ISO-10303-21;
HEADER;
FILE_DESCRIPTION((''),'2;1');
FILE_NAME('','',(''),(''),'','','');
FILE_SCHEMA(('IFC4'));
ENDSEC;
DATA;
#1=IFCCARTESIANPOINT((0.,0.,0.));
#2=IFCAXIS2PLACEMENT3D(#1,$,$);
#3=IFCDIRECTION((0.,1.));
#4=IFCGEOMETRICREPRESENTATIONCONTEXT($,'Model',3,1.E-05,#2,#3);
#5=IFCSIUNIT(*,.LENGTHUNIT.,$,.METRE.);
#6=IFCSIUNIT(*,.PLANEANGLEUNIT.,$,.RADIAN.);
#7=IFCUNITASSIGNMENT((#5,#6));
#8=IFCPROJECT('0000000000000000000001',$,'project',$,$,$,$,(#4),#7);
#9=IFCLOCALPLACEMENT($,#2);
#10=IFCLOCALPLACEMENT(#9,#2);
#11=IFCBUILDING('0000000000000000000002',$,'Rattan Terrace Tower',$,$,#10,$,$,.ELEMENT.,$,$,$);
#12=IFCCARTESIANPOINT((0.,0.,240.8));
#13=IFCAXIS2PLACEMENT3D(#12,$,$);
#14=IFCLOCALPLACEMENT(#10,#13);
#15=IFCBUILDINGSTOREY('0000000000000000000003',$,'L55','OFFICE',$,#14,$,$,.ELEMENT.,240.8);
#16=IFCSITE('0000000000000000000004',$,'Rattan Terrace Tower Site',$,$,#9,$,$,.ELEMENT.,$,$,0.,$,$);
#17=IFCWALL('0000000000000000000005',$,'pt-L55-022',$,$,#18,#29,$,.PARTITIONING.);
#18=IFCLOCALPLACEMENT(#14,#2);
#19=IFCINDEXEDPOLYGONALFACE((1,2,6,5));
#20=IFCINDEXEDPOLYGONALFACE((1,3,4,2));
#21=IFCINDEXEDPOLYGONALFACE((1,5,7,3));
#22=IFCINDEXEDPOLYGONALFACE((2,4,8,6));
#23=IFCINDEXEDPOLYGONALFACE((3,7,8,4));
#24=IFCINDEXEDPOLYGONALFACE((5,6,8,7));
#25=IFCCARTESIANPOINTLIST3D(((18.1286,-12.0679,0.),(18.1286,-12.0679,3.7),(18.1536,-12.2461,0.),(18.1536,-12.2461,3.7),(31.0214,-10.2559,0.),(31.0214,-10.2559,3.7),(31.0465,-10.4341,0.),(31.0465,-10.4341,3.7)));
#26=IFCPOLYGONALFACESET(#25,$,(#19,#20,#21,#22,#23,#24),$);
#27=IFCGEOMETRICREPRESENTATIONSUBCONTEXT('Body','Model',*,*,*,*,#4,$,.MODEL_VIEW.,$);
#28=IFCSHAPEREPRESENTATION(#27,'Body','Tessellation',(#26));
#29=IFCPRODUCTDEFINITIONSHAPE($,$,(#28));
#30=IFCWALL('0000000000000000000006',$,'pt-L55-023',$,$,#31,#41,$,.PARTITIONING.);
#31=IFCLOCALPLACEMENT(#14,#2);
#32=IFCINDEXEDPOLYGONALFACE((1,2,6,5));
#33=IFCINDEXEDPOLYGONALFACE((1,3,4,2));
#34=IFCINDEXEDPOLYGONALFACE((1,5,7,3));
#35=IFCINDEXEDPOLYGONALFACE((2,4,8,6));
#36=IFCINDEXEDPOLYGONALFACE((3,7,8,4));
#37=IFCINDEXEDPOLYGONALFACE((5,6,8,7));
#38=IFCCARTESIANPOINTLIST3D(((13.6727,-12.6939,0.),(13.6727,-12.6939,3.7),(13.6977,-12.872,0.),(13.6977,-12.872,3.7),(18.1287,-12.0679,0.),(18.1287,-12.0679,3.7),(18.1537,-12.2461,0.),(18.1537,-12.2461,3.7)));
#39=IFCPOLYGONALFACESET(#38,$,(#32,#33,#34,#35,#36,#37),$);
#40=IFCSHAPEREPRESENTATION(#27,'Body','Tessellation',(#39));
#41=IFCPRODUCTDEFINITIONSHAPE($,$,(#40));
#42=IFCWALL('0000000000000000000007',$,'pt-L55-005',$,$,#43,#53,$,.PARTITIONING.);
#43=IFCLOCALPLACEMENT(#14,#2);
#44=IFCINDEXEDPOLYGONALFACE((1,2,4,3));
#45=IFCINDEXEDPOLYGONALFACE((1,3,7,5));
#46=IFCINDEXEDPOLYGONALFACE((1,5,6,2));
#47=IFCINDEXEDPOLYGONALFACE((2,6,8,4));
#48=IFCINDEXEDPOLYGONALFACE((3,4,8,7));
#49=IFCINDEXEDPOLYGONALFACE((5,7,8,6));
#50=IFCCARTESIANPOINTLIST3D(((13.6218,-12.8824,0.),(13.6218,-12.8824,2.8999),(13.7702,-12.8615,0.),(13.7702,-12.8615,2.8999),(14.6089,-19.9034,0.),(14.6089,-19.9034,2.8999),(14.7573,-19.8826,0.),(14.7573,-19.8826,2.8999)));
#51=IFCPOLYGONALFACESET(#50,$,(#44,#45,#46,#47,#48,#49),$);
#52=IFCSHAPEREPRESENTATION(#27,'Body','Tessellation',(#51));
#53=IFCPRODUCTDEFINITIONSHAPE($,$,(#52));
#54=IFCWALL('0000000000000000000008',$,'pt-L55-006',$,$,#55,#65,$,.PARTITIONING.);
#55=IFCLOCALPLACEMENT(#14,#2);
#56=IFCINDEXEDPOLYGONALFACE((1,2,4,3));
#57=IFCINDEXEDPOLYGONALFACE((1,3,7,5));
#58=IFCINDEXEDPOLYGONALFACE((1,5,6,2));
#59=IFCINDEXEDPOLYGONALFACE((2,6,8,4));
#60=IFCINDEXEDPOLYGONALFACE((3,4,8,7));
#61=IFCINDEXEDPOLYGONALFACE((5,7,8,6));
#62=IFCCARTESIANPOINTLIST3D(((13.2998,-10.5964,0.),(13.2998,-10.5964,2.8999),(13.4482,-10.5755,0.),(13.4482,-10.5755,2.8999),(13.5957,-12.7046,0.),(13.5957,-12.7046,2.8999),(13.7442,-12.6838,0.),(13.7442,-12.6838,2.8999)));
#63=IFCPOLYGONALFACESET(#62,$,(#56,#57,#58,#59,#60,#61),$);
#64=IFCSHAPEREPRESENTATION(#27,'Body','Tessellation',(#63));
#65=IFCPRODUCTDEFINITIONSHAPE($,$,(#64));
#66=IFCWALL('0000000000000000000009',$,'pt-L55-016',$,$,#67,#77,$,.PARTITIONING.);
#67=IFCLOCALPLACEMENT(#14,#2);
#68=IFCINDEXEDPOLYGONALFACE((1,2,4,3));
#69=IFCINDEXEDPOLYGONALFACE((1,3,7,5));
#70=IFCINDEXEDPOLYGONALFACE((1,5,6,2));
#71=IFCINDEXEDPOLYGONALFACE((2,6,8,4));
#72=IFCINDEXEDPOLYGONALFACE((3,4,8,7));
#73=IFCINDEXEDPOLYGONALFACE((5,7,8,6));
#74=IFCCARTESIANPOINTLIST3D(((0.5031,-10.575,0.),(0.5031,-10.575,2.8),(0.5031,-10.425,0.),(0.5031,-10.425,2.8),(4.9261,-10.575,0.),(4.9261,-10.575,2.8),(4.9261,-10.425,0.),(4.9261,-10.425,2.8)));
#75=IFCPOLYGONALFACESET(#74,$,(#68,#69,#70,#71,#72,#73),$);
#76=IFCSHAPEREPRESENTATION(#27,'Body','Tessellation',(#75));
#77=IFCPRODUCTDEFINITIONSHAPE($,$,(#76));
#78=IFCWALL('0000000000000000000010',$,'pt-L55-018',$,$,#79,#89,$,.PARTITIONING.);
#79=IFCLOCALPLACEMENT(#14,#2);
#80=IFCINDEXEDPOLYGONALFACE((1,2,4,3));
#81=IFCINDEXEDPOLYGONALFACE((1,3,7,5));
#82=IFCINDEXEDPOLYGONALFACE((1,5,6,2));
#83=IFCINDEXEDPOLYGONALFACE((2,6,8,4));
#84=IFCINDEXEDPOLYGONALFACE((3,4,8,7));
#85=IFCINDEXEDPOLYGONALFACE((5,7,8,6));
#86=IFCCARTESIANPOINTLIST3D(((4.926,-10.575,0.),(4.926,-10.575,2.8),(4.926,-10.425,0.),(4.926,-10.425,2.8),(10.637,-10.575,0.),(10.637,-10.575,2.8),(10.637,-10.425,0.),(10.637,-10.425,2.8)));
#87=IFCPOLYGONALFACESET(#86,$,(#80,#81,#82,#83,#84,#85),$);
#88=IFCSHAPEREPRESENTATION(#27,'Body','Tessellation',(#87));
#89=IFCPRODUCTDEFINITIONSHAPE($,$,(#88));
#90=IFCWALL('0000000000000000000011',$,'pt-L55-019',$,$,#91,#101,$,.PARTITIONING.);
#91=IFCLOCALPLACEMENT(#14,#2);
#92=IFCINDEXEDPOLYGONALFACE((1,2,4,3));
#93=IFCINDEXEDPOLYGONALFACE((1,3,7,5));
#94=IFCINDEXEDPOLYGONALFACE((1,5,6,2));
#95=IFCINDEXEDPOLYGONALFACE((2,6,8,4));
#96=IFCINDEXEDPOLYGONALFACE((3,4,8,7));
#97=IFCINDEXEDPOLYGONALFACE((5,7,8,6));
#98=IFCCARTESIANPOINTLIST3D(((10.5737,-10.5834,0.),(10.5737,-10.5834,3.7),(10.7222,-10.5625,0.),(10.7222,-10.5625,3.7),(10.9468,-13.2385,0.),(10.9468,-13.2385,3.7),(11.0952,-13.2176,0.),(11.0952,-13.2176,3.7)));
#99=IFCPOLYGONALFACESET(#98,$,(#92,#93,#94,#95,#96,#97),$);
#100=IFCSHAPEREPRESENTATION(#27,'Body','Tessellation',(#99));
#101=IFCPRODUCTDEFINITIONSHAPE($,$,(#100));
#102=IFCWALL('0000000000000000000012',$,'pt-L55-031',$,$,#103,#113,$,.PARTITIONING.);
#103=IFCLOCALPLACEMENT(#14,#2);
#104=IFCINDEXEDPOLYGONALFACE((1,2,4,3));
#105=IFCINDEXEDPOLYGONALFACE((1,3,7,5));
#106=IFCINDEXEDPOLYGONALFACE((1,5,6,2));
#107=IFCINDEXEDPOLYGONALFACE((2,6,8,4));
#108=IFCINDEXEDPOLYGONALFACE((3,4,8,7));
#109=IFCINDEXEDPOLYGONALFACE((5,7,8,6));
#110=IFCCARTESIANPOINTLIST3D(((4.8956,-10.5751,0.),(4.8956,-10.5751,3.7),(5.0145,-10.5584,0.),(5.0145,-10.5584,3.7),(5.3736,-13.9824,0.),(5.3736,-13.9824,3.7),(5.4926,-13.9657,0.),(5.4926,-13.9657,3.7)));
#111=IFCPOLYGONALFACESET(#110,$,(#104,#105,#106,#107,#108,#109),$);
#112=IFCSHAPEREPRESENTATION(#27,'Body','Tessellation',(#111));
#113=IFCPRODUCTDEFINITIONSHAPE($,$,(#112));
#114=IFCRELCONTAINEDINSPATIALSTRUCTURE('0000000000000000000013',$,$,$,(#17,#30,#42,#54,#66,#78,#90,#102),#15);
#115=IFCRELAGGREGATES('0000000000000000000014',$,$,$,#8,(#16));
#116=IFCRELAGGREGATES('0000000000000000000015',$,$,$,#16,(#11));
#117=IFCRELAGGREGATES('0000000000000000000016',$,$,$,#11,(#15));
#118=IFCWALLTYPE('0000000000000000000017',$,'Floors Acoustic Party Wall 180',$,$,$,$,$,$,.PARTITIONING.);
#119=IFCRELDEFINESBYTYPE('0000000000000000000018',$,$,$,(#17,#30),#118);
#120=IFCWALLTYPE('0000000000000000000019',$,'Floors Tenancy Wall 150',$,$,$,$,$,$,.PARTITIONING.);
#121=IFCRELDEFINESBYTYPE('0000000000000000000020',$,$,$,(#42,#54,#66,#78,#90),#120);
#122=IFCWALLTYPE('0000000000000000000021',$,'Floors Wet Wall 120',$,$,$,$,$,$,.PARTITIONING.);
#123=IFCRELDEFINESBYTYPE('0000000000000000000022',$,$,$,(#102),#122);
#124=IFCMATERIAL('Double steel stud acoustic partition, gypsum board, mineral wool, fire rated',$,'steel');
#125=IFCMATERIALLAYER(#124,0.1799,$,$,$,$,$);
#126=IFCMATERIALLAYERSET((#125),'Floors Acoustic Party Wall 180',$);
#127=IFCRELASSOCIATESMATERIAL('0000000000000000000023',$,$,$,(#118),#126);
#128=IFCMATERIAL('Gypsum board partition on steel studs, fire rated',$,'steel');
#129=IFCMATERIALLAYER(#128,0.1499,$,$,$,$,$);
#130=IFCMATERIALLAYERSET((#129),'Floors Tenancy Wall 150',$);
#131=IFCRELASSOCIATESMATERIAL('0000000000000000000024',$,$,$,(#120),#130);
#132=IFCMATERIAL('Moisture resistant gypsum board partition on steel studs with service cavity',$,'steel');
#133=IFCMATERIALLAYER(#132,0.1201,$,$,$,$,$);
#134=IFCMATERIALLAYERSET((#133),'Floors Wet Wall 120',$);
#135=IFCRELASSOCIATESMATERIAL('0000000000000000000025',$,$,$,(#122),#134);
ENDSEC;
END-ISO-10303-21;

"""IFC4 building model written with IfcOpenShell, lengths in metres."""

from ifc_helpers import new_model, si_unit, direction, frame, frame_2d, origin, place, context, subcontext, project, spatial, rectangle, extrude, material, layer, layer_set, type_object, element, save


model = new_model("IFC4")

# Units and contexts
model_context = context("Model", 3, precision=1e-05, world=origin(), true_north=direction((0.0, 1.0)))
body_context = subcontext(model_context, "Body", "Model", "MODEL_VIEW")
ifc_project = project(units=[si_unit("LENGTHUNIT", "METRE"), si_unit("PLANEANGLEUNIT", "RADIAN")], contexts=[model_context])

# Site, building, storey
site_placement = place(None, origin())
site = spatial("IfcSite", under=ifc_project, at=site_placement, Name="Rattan Terrace Tower Site", CompositionType="ELEMENT", RefElevation=0.0)
building_placement = place(site_placement, origin())
building = spatial("IfcBuilding", under=site, at=building_placement, Name="Rattan Terrace Tower", CompositionType="ELEMENT")
storey_placement = place(building_placement, frame((0.0, 0.0, 240.8)))
storey = spatial("IfcBuildingStorey", under=building, at=storey_placement, Name="L55", Description="OFFICE", CompositionType="ELEMENT", Elevation=240.8)

# Walls
ifc_material_1 = material(Name="Double steel stud acoustic partition, gypsum board, mineral wool, fire rated", Category="steel")
ifc_layer_1 = layer(ifc_material_1, 0.1799)
ifc_layer_set_1 = layer_set([ifc_layer_1], Name="Floors Acoustic Party Wall 180")
wall_type_1 = type_object("IfcWallType", Name="Floors Acoustic Party Wall 180", PredefinedType="PARTITIONING", material=ifc_layer_set_1)
wall_1_placement = place(storey_placement, frame((18.1411, -12.157, 0.0), z_axis=(0.0, 0.0, 1.0), x_axis=(0.990268, 0.139176, 0.0)))
element("IfcWall", 1, at=wall_1_placement, inside=storey, type_object=wall_type_1, Name="pt-L55-022", PredefinedType="PARTITIONING", context=body_context, shape_type="SweptSolid", body=[
    extrude(rectangle(XDim=13.0195, YDim=0.1799, at=frame_2d((6.5098, 0.0))), origin(), (0.0, 0.0, 1.0), 3.7),
])
wall_2_placement = place(storey_placement, frame((13.6851, -12.783, 0.0), z_axis=(0.0, 0.0, 1.0), x_axis=(0.990277, 0.139112, 0.0)))
element("IfcWall", 2, at=wall_2_placement, inside=storey, type_object=wall_type_1, Name="pt-L55-023", PredefinedType="PARTITIONING", context=body_context, shape_type="SweptSolid", body=[
    extrude(rectangle(XDim=4.4998, YDim=0.1799, at=frame_2d((2.25, 0.0))), origin(), (0.0, 0.0, 1.0), 3.7),
])
ifc_material_2 = material(Name="Gypsum board partition on steel studs, fire rated", Category="steel")
ifc_layer_2 = layer(ifc_material_2, 0.1499)
ifc_layer_set_2 = layer_set([ifc_layer_2], Name="Floors Tenancy Wall 150")
wall_type_2 = type_object("IfcWallType", Name="Floors Tenancy Wall 150", PredefinedType="PARTITIONING", material=ifc_layer_set_2)
wall_3_placement = place(storey_placement, frame((13.696, -12.8721, 0.0), z_axis=(0.0, 0.0, 1.0), x_axis=(0.139218, -0.990262, 0.0)))
element("IfcWall", 3, at=wall_3_placement, inside=storey, type_object=wall_type_2, Name="pt-L55-005", PredefinedType="PARTITIONING", context=body_context, shape_type="SweptSolid", body=[
    extrude(rectangle(XDim=7.0901, YDim=0.1499, at=frame_2d((3.5449, 0.0))), origin(), (0.0, 0.0, 1.0), 2.8999),
])
wall_4_placement = place(storey_placement, frame((13.374, -10.5859, 0.0), z_axis=(0.0, 0.0, 1.0), x_axis=(0.138997, -0.990293, 0.0)))
element("IfcWall", 4, at=wall_4_placement, inside=storey, type_object=wall_type_2, Name="pt-L55-006", PredefinedType="PARTITIONING", context=body_context, shape_type="SweptSolid", body=[
    extrude(rectangle(XDim=2.1289, YDim=0.1499, at=frame_2d((1.0645, 0.0))), origin(), (0.0, 0.0, 1.0), 2.8999),
])
wall_5_placement = place(storey_placement, frame((4.926, -10.5, 0.0), z_axis=(0.0, 0.0, 1.0), x_axis=(-1.0, 0.0, 0.0)))
element("IfcWall", 5, at=wall_5_placement, inside=storey, type_object=wall_type_2, Name="pt-L55-016", PredefinedType="PARTITIONING", context=body_context, shape_type="SweptSolid", body=[
    extrude(rectangle(XDim=4.4231, YDim=0.1499, at=frame_2d((2.2114, 0.0))), origin(), (0.0, 0.0, 1.0), 2.8),
])
wall_6_placement = place(storey_placement, frame((10.637, -10.5, 0.0), z_axis=(0.0, 0.0, 1.0), x_axis=(-1.0, 0.0, 0.0)))
element("IfcWall", 6, at=wall_6_placement, inside=storey, type_object=wall_type_2, Name="pt-L55-018", PredefinedType="PARTITIONING", context=body_context, shape_type="SweptSolid", body=[
    extrude(rectangle(XDim=5.7109, YDim=0.1499, at=frame_2d((2.8555, 0.0))), origin(), (0.0, 0.0, 1.0), 2.8),
])
wall_7_placement = place(storey_placement, frame((11.021, -13.228, 0.0), z_axis=(0.0, 0.0, 1.0), x_axis=(-0.139139, 0.990273, 0.0)))
element("IfcWall", 7, at=wall_7_placement, inside=storey, type_object=wall_type_2, Name="pt-L55-019", PredefinedType="PARTITIONING", context=body_context, shape_type="SweptSolid", body=[
    extrude(rectangle(XDim=2.6812, YDim=0.1499, at=frame_2d((1.3406, 0.0))), origin(), (0.0, 0.0, 1.0), 3.7),
])
ifc_material_3 = material(Name="Moisture resistant gypsum board partition on steel studs with service cavity", Category="steel")
ifc_layer_3 = layer(ifc_material_3, 0.1201)
ifc_layer_set_3 = layer_set([ifc_layer_3], Name="Floors Wet Wall 120")
wall_type_3 = type_object("IfcWallType", Name="Floors Wet Wall 120", PredefinedType="PARTITIONING", material=ifc_layer_set_3)
wall_8_placement = place(storey_placement, frame((4.9551, -10.5669, 0.0), z_axis=(0.0, 0.0, 1.0), x_axis=(0.138937, -0.990301, 0.0)))
element("IfcWall", 8, at=wall_8_placement, inside=storey, type_object=wall_type_3, Name="pt-L55-031", PredefinedType="PARTITIONING", context=body_context, shape_type="SweptSolid", body=[
    extrude(rectangle(XDim=3.4407, YDim=0.1201, at=frame_2d((1.7202, 0.0))), origin(), (0.0, 0.0, 1.0), 3.7),
])

save(model, "model.ifc")
